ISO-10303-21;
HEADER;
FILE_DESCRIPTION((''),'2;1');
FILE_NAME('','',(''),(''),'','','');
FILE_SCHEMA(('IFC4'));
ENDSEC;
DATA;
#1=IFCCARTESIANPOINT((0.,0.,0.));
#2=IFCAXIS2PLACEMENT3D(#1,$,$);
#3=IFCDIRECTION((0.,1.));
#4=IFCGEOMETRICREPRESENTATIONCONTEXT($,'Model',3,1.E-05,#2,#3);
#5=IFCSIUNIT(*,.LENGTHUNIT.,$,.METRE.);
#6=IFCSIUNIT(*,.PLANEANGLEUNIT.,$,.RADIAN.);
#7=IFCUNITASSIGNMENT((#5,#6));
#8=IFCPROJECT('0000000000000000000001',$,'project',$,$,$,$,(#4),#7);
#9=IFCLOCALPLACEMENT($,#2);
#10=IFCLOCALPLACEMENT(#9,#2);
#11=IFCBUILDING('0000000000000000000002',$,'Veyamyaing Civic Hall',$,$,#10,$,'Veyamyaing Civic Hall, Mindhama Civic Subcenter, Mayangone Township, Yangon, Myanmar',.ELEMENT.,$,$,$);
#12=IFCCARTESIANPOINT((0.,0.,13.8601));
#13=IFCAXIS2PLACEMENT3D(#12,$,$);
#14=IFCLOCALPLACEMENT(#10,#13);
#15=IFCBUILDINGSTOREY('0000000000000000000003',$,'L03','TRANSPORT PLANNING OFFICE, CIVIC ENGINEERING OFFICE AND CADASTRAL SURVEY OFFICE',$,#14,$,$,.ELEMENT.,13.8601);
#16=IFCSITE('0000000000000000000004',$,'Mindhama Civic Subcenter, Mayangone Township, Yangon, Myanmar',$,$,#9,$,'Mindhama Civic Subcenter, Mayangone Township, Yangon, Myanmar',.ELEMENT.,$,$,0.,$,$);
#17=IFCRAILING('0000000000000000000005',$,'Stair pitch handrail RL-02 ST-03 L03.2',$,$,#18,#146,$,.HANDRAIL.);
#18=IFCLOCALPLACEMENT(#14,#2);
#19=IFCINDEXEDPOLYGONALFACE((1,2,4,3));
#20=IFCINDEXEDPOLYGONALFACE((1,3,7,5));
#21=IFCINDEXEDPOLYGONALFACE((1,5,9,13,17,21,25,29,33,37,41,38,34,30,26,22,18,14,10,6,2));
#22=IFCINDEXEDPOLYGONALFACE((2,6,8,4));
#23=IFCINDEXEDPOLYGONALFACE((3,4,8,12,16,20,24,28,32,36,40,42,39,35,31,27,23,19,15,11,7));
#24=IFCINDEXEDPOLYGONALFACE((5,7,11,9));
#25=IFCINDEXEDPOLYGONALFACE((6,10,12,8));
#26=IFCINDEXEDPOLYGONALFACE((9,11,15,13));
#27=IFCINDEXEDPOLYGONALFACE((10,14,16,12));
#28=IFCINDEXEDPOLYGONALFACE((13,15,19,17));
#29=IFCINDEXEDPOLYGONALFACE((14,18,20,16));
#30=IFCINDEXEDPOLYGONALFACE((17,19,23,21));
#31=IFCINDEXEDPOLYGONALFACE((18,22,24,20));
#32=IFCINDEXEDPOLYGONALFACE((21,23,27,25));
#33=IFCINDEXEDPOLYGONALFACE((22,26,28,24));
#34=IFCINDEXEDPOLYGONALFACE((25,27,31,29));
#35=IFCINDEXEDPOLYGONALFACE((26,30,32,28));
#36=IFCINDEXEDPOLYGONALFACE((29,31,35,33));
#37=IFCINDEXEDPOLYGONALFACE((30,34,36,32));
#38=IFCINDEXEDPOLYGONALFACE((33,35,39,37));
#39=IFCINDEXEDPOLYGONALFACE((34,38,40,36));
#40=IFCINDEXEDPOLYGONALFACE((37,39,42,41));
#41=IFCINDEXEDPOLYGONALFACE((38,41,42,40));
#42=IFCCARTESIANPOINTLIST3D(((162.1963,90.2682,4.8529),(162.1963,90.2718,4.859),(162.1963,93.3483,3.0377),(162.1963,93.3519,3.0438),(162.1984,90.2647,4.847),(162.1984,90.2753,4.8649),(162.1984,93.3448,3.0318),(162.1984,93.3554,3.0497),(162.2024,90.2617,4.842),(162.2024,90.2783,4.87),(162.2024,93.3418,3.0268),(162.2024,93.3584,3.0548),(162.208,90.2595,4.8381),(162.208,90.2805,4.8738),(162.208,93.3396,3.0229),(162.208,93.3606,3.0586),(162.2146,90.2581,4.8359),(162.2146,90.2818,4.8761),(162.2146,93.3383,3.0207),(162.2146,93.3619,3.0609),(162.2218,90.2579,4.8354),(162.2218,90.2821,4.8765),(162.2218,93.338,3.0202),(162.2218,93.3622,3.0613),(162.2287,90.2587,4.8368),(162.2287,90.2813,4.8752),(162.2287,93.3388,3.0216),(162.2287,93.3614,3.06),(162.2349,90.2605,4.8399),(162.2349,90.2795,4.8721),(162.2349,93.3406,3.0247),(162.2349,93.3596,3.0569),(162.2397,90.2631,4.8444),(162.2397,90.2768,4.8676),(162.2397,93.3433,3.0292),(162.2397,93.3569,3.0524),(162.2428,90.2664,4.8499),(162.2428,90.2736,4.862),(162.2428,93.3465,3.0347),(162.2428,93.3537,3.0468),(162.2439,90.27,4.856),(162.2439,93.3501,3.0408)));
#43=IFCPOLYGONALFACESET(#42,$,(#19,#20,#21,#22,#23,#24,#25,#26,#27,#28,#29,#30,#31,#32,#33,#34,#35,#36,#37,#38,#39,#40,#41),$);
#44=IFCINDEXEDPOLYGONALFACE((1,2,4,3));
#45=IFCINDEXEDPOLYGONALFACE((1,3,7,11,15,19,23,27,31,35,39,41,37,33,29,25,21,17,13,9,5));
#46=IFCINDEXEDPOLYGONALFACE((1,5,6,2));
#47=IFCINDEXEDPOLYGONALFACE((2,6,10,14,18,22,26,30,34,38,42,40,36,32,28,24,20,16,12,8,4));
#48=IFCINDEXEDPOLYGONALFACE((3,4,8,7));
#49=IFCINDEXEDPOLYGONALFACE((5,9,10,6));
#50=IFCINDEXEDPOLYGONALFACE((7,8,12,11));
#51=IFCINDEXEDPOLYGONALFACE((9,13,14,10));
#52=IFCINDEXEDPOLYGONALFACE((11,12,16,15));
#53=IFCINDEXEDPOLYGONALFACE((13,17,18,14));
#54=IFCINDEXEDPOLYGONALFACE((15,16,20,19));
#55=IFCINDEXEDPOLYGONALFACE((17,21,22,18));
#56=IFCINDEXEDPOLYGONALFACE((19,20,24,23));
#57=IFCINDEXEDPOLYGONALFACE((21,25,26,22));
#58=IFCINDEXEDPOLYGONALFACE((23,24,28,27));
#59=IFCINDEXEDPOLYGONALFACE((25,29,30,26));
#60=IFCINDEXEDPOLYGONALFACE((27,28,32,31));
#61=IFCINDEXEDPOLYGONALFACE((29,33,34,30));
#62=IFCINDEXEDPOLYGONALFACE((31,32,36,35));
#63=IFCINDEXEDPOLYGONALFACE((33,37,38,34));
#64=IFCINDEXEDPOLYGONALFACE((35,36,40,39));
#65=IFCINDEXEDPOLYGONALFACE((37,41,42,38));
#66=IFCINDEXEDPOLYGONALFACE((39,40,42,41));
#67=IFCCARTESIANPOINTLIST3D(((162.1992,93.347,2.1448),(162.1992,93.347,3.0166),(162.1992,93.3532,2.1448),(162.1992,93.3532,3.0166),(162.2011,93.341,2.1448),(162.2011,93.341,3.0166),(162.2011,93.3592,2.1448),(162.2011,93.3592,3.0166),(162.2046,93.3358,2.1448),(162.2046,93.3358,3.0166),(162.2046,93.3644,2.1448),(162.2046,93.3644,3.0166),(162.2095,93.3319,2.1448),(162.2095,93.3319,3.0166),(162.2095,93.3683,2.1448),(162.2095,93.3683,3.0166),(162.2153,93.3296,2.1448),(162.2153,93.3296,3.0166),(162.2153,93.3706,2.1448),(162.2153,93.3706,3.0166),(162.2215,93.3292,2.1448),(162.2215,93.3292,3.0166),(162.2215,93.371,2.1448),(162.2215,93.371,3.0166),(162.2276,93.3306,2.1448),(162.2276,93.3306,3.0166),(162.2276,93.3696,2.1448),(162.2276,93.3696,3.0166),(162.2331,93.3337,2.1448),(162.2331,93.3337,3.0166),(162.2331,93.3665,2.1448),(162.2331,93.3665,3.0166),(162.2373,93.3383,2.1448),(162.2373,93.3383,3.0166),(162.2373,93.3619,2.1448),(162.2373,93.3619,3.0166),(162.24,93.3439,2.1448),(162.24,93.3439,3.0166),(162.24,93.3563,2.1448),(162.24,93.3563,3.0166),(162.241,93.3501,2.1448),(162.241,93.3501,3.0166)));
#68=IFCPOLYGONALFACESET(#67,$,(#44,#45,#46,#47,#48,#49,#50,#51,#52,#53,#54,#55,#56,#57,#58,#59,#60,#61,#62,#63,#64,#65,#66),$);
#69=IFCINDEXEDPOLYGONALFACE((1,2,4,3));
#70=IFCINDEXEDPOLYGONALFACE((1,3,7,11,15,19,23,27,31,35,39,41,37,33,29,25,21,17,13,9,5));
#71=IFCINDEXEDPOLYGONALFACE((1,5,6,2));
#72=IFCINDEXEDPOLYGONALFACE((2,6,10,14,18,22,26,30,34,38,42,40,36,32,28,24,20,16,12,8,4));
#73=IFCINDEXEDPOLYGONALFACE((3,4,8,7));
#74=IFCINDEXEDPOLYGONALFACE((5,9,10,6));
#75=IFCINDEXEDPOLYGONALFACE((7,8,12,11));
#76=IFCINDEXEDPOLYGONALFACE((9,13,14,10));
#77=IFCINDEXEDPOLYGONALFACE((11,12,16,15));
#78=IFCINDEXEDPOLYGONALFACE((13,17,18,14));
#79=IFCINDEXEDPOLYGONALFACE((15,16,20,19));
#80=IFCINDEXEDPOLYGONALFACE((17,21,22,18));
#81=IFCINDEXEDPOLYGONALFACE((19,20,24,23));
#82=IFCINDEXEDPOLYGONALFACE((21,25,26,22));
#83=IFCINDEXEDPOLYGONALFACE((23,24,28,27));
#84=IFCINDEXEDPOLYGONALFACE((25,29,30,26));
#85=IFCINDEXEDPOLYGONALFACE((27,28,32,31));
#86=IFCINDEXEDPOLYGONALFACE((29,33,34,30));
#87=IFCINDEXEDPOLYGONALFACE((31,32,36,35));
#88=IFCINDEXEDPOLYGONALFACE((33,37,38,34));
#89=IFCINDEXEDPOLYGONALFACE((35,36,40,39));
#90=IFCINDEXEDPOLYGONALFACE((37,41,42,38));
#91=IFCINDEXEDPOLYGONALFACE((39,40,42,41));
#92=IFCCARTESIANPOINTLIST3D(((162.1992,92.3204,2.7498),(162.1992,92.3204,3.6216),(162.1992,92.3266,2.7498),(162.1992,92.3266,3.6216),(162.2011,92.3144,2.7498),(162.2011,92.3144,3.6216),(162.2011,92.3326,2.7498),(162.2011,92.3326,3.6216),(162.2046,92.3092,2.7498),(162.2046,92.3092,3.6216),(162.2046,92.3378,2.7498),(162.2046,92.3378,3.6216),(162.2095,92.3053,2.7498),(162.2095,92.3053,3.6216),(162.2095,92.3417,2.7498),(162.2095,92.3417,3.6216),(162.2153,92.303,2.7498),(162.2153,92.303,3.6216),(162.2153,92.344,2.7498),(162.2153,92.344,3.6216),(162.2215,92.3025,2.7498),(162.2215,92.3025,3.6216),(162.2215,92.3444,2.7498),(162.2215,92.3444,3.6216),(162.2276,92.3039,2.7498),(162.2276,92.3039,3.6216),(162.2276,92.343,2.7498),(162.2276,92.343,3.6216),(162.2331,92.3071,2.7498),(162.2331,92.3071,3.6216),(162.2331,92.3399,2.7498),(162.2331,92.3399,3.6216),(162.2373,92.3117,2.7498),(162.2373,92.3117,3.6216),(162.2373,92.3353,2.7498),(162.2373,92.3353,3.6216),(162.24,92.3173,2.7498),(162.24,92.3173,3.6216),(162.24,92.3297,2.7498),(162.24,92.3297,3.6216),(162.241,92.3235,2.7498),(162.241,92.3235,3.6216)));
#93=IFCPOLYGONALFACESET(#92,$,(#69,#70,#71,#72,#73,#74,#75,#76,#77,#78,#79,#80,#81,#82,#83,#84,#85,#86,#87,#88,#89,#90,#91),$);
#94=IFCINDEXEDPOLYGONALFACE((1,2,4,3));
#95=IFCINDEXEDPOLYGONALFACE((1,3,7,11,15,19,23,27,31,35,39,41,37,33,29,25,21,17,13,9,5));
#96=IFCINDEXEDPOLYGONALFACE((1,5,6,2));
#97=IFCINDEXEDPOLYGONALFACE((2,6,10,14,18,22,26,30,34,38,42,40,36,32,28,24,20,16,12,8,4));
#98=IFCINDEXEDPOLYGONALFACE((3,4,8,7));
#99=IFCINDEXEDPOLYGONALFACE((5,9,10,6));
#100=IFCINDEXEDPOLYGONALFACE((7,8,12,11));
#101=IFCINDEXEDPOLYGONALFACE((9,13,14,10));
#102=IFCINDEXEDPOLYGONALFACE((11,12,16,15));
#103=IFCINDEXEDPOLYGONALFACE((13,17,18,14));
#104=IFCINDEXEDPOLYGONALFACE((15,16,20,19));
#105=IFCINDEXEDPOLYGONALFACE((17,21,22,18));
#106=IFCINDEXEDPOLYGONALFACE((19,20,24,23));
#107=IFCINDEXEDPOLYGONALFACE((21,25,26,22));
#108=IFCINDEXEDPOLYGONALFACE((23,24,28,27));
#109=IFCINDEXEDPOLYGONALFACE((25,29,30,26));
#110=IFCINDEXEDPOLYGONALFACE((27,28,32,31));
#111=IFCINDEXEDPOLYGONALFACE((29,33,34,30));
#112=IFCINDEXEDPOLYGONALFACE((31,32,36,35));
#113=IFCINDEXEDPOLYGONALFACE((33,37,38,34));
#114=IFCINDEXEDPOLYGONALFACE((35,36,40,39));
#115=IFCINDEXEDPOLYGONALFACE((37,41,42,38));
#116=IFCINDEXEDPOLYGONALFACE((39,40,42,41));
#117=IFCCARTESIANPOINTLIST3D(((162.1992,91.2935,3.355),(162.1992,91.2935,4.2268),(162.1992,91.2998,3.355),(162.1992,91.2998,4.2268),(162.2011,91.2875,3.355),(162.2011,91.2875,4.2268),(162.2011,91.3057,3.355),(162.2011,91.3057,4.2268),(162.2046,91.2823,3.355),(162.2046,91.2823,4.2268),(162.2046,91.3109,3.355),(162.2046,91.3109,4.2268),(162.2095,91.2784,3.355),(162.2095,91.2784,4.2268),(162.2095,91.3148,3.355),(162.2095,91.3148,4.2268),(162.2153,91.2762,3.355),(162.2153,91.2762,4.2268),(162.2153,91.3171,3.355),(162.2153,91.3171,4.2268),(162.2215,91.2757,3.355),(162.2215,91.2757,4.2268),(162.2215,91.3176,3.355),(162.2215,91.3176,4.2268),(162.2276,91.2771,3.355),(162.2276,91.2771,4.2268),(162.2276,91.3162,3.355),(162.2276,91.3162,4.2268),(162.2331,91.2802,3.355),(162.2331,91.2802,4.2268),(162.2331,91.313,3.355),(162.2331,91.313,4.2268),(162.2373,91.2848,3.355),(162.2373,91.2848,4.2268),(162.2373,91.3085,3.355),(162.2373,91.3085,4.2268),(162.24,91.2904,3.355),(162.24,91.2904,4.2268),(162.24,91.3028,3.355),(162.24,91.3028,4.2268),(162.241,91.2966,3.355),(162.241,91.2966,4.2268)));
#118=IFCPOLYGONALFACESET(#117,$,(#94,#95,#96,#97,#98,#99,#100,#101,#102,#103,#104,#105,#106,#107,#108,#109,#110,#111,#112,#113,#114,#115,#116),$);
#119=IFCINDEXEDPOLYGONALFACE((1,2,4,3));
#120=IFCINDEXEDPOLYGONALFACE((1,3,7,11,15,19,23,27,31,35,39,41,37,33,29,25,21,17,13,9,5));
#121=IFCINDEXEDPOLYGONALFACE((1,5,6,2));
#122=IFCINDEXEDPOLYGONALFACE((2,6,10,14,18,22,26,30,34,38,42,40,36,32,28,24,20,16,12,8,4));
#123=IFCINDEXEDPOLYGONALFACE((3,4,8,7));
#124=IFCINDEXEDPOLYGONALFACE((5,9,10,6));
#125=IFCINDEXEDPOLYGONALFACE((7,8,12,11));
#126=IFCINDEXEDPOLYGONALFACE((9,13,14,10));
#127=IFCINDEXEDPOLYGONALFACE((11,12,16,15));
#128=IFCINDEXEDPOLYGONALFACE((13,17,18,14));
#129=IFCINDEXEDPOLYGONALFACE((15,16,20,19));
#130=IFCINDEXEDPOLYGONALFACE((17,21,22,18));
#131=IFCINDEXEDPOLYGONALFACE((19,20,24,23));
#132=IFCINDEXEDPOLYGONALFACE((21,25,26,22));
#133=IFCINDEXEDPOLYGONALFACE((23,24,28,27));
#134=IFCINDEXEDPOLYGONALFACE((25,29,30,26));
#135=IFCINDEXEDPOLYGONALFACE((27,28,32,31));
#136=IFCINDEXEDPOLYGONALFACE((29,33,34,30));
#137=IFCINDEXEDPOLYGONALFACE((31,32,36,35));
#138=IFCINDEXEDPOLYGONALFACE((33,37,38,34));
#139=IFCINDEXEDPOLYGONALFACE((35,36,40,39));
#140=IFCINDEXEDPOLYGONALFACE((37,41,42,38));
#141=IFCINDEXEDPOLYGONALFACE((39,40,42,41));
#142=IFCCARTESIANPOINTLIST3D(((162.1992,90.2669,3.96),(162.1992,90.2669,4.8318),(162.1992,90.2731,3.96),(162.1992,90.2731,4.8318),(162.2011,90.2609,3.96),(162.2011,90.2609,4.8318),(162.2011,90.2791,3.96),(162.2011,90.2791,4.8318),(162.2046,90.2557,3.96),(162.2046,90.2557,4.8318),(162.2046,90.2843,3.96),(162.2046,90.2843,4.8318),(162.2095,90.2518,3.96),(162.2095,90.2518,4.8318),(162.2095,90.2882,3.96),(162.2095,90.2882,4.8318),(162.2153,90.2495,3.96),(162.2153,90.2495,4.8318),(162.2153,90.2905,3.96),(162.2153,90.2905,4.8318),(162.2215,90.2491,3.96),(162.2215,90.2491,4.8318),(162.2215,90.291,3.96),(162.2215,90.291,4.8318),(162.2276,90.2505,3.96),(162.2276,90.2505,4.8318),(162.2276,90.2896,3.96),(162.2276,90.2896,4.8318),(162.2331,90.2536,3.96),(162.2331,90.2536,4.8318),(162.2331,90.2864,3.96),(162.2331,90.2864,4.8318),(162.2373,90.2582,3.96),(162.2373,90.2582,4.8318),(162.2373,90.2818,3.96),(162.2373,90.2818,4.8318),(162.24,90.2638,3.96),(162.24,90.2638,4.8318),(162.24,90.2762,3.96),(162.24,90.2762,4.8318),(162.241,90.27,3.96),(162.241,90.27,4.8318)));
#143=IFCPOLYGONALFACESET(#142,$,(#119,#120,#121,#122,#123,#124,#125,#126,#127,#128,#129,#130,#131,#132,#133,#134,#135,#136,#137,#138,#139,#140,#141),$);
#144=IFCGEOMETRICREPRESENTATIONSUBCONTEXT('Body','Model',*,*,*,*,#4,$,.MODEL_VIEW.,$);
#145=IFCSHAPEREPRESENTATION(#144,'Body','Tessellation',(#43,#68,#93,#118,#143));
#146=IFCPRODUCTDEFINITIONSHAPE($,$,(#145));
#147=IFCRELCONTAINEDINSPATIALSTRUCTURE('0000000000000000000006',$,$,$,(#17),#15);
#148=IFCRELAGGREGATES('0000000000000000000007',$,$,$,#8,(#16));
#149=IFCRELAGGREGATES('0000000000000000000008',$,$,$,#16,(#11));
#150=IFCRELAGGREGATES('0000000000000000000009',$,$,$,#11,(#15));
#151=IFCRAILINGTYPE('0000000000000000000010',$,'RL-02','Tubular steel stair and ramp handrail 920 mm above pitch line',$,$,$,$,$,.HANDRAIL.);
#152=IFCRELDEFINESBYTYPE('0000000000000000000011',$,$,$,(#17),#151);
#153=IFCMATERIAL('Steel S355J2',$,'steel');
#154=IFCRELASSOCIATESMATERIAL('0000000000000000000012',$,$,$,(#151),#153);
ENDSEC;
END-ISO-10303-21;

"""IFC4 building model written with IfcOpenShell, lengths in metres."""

from ifc_helpers import new_model, si_unit, direction, frame, origin, origin_2d, place, context, subcontext, project, spatial, circle, extrude, material, type_object, element, save


model = new_model("IFC4")

# Units and contexts
model_context = context("Model", 3, precision=1e-05, world=origin(), true_north=direction((0.0, 1.0)))
body_context = subcontext(model_context, "Body", "Model", "MODEL_VIEW")
ifc_project = project(units=[si_unit("LENGTHUNIT", "METRE"), si_unit("PLANEANGLEUNIT", "RADIAN")], contexts=[model_context])

# Site, building, storey
site_placement = place(None, origin())
site = spatial("IfcSite", under=ifc_project, at=site_placement, Name="Mindhama Civic Subcenter, Mayangone Township, Yangon, Myanmar", LongName="Mindhama Civic Subcenter, Mayangone Township, Yangon, Myanmar", CompositionType="ELEMENT", RefElevation=0.0)
building_placement = place(site_placement, origin())
building = spatial("IfcBuilding", under=site, at=building_placement, Name="Veyamyaing Civic Hall", LongName="Veyamyaing Civic Hall, Mindhama Civic Subcenter, Mayangone Township, Yangon, Myanmar", CompositionType="ELEMENT")
storey_placement = place(building_placement, frame((0.0, 0.0, 13.8601)))
storey = spatial("IfcBuildingStorey", under=building, at=storey_placement, Name="L03", Description="TRANSPORT PLANNING OFFICE, CIVIC ENGINEERING OFFICE AND CADASTRAL SURVEY OFFICE", CompositionType="ELEMENT", Elevation=13.8601)

# Shared definitions
ifc_material_1 = material(Name="Steel S355J2", Category="steel")

# Railing
railing_type = type_object("IfcRailingType", Name="RL-02", Description="Tubular steel stair and ramp handrail 920 mm above pitch line", PredefinedType="HANDRAIL", material=ifc_material_1)
railing_1_placement = place(storey_placement, frame((162.22, 93.3501, 2.1448)))
element("IfcRailing", 1, at=railing_1_placement, inside=storey, type_object=railing_type, Name="Stair pitch handrail RL-02 ST-03 L03.2", PredefinedType="HANDRAIL", context=body_context, shape_type="SweptSolid", body=[
    extrude(circle(Radius=0.0239, at=origin_2d()), frame((0.0, 0.0, 0.896), z_axis=(0.0, -0.861521, 0.507721), x_axis=(1.0, 0.0, 0.0)), (0.0, 0.0, 1.0), 3.5752),
    extrude(circle(Radius=0.021, at=origin_2d()), origin(), (0.0, 0.0, 1.0), 0.8718),
    extrude(circle(Radius=0.021, at=origin_2d()), frame((0.0, -1.0266, 0.605)), (0.0, 0.0, 1.0), 0.8718),
    extrude(circle(Radius=0.021, at=origin_2d()), frame((0.0, -2.0535, 1.2102)), (0.0, 0.0, 1.0), 0.8718),
    extrude(circle(Radius=0.021, at=origin_2d()), frame((0.0, -3.0801, 1.8152)), (0.0, 0.0, 1.0), 0.8718),
])

save(model, "model.ifc")
